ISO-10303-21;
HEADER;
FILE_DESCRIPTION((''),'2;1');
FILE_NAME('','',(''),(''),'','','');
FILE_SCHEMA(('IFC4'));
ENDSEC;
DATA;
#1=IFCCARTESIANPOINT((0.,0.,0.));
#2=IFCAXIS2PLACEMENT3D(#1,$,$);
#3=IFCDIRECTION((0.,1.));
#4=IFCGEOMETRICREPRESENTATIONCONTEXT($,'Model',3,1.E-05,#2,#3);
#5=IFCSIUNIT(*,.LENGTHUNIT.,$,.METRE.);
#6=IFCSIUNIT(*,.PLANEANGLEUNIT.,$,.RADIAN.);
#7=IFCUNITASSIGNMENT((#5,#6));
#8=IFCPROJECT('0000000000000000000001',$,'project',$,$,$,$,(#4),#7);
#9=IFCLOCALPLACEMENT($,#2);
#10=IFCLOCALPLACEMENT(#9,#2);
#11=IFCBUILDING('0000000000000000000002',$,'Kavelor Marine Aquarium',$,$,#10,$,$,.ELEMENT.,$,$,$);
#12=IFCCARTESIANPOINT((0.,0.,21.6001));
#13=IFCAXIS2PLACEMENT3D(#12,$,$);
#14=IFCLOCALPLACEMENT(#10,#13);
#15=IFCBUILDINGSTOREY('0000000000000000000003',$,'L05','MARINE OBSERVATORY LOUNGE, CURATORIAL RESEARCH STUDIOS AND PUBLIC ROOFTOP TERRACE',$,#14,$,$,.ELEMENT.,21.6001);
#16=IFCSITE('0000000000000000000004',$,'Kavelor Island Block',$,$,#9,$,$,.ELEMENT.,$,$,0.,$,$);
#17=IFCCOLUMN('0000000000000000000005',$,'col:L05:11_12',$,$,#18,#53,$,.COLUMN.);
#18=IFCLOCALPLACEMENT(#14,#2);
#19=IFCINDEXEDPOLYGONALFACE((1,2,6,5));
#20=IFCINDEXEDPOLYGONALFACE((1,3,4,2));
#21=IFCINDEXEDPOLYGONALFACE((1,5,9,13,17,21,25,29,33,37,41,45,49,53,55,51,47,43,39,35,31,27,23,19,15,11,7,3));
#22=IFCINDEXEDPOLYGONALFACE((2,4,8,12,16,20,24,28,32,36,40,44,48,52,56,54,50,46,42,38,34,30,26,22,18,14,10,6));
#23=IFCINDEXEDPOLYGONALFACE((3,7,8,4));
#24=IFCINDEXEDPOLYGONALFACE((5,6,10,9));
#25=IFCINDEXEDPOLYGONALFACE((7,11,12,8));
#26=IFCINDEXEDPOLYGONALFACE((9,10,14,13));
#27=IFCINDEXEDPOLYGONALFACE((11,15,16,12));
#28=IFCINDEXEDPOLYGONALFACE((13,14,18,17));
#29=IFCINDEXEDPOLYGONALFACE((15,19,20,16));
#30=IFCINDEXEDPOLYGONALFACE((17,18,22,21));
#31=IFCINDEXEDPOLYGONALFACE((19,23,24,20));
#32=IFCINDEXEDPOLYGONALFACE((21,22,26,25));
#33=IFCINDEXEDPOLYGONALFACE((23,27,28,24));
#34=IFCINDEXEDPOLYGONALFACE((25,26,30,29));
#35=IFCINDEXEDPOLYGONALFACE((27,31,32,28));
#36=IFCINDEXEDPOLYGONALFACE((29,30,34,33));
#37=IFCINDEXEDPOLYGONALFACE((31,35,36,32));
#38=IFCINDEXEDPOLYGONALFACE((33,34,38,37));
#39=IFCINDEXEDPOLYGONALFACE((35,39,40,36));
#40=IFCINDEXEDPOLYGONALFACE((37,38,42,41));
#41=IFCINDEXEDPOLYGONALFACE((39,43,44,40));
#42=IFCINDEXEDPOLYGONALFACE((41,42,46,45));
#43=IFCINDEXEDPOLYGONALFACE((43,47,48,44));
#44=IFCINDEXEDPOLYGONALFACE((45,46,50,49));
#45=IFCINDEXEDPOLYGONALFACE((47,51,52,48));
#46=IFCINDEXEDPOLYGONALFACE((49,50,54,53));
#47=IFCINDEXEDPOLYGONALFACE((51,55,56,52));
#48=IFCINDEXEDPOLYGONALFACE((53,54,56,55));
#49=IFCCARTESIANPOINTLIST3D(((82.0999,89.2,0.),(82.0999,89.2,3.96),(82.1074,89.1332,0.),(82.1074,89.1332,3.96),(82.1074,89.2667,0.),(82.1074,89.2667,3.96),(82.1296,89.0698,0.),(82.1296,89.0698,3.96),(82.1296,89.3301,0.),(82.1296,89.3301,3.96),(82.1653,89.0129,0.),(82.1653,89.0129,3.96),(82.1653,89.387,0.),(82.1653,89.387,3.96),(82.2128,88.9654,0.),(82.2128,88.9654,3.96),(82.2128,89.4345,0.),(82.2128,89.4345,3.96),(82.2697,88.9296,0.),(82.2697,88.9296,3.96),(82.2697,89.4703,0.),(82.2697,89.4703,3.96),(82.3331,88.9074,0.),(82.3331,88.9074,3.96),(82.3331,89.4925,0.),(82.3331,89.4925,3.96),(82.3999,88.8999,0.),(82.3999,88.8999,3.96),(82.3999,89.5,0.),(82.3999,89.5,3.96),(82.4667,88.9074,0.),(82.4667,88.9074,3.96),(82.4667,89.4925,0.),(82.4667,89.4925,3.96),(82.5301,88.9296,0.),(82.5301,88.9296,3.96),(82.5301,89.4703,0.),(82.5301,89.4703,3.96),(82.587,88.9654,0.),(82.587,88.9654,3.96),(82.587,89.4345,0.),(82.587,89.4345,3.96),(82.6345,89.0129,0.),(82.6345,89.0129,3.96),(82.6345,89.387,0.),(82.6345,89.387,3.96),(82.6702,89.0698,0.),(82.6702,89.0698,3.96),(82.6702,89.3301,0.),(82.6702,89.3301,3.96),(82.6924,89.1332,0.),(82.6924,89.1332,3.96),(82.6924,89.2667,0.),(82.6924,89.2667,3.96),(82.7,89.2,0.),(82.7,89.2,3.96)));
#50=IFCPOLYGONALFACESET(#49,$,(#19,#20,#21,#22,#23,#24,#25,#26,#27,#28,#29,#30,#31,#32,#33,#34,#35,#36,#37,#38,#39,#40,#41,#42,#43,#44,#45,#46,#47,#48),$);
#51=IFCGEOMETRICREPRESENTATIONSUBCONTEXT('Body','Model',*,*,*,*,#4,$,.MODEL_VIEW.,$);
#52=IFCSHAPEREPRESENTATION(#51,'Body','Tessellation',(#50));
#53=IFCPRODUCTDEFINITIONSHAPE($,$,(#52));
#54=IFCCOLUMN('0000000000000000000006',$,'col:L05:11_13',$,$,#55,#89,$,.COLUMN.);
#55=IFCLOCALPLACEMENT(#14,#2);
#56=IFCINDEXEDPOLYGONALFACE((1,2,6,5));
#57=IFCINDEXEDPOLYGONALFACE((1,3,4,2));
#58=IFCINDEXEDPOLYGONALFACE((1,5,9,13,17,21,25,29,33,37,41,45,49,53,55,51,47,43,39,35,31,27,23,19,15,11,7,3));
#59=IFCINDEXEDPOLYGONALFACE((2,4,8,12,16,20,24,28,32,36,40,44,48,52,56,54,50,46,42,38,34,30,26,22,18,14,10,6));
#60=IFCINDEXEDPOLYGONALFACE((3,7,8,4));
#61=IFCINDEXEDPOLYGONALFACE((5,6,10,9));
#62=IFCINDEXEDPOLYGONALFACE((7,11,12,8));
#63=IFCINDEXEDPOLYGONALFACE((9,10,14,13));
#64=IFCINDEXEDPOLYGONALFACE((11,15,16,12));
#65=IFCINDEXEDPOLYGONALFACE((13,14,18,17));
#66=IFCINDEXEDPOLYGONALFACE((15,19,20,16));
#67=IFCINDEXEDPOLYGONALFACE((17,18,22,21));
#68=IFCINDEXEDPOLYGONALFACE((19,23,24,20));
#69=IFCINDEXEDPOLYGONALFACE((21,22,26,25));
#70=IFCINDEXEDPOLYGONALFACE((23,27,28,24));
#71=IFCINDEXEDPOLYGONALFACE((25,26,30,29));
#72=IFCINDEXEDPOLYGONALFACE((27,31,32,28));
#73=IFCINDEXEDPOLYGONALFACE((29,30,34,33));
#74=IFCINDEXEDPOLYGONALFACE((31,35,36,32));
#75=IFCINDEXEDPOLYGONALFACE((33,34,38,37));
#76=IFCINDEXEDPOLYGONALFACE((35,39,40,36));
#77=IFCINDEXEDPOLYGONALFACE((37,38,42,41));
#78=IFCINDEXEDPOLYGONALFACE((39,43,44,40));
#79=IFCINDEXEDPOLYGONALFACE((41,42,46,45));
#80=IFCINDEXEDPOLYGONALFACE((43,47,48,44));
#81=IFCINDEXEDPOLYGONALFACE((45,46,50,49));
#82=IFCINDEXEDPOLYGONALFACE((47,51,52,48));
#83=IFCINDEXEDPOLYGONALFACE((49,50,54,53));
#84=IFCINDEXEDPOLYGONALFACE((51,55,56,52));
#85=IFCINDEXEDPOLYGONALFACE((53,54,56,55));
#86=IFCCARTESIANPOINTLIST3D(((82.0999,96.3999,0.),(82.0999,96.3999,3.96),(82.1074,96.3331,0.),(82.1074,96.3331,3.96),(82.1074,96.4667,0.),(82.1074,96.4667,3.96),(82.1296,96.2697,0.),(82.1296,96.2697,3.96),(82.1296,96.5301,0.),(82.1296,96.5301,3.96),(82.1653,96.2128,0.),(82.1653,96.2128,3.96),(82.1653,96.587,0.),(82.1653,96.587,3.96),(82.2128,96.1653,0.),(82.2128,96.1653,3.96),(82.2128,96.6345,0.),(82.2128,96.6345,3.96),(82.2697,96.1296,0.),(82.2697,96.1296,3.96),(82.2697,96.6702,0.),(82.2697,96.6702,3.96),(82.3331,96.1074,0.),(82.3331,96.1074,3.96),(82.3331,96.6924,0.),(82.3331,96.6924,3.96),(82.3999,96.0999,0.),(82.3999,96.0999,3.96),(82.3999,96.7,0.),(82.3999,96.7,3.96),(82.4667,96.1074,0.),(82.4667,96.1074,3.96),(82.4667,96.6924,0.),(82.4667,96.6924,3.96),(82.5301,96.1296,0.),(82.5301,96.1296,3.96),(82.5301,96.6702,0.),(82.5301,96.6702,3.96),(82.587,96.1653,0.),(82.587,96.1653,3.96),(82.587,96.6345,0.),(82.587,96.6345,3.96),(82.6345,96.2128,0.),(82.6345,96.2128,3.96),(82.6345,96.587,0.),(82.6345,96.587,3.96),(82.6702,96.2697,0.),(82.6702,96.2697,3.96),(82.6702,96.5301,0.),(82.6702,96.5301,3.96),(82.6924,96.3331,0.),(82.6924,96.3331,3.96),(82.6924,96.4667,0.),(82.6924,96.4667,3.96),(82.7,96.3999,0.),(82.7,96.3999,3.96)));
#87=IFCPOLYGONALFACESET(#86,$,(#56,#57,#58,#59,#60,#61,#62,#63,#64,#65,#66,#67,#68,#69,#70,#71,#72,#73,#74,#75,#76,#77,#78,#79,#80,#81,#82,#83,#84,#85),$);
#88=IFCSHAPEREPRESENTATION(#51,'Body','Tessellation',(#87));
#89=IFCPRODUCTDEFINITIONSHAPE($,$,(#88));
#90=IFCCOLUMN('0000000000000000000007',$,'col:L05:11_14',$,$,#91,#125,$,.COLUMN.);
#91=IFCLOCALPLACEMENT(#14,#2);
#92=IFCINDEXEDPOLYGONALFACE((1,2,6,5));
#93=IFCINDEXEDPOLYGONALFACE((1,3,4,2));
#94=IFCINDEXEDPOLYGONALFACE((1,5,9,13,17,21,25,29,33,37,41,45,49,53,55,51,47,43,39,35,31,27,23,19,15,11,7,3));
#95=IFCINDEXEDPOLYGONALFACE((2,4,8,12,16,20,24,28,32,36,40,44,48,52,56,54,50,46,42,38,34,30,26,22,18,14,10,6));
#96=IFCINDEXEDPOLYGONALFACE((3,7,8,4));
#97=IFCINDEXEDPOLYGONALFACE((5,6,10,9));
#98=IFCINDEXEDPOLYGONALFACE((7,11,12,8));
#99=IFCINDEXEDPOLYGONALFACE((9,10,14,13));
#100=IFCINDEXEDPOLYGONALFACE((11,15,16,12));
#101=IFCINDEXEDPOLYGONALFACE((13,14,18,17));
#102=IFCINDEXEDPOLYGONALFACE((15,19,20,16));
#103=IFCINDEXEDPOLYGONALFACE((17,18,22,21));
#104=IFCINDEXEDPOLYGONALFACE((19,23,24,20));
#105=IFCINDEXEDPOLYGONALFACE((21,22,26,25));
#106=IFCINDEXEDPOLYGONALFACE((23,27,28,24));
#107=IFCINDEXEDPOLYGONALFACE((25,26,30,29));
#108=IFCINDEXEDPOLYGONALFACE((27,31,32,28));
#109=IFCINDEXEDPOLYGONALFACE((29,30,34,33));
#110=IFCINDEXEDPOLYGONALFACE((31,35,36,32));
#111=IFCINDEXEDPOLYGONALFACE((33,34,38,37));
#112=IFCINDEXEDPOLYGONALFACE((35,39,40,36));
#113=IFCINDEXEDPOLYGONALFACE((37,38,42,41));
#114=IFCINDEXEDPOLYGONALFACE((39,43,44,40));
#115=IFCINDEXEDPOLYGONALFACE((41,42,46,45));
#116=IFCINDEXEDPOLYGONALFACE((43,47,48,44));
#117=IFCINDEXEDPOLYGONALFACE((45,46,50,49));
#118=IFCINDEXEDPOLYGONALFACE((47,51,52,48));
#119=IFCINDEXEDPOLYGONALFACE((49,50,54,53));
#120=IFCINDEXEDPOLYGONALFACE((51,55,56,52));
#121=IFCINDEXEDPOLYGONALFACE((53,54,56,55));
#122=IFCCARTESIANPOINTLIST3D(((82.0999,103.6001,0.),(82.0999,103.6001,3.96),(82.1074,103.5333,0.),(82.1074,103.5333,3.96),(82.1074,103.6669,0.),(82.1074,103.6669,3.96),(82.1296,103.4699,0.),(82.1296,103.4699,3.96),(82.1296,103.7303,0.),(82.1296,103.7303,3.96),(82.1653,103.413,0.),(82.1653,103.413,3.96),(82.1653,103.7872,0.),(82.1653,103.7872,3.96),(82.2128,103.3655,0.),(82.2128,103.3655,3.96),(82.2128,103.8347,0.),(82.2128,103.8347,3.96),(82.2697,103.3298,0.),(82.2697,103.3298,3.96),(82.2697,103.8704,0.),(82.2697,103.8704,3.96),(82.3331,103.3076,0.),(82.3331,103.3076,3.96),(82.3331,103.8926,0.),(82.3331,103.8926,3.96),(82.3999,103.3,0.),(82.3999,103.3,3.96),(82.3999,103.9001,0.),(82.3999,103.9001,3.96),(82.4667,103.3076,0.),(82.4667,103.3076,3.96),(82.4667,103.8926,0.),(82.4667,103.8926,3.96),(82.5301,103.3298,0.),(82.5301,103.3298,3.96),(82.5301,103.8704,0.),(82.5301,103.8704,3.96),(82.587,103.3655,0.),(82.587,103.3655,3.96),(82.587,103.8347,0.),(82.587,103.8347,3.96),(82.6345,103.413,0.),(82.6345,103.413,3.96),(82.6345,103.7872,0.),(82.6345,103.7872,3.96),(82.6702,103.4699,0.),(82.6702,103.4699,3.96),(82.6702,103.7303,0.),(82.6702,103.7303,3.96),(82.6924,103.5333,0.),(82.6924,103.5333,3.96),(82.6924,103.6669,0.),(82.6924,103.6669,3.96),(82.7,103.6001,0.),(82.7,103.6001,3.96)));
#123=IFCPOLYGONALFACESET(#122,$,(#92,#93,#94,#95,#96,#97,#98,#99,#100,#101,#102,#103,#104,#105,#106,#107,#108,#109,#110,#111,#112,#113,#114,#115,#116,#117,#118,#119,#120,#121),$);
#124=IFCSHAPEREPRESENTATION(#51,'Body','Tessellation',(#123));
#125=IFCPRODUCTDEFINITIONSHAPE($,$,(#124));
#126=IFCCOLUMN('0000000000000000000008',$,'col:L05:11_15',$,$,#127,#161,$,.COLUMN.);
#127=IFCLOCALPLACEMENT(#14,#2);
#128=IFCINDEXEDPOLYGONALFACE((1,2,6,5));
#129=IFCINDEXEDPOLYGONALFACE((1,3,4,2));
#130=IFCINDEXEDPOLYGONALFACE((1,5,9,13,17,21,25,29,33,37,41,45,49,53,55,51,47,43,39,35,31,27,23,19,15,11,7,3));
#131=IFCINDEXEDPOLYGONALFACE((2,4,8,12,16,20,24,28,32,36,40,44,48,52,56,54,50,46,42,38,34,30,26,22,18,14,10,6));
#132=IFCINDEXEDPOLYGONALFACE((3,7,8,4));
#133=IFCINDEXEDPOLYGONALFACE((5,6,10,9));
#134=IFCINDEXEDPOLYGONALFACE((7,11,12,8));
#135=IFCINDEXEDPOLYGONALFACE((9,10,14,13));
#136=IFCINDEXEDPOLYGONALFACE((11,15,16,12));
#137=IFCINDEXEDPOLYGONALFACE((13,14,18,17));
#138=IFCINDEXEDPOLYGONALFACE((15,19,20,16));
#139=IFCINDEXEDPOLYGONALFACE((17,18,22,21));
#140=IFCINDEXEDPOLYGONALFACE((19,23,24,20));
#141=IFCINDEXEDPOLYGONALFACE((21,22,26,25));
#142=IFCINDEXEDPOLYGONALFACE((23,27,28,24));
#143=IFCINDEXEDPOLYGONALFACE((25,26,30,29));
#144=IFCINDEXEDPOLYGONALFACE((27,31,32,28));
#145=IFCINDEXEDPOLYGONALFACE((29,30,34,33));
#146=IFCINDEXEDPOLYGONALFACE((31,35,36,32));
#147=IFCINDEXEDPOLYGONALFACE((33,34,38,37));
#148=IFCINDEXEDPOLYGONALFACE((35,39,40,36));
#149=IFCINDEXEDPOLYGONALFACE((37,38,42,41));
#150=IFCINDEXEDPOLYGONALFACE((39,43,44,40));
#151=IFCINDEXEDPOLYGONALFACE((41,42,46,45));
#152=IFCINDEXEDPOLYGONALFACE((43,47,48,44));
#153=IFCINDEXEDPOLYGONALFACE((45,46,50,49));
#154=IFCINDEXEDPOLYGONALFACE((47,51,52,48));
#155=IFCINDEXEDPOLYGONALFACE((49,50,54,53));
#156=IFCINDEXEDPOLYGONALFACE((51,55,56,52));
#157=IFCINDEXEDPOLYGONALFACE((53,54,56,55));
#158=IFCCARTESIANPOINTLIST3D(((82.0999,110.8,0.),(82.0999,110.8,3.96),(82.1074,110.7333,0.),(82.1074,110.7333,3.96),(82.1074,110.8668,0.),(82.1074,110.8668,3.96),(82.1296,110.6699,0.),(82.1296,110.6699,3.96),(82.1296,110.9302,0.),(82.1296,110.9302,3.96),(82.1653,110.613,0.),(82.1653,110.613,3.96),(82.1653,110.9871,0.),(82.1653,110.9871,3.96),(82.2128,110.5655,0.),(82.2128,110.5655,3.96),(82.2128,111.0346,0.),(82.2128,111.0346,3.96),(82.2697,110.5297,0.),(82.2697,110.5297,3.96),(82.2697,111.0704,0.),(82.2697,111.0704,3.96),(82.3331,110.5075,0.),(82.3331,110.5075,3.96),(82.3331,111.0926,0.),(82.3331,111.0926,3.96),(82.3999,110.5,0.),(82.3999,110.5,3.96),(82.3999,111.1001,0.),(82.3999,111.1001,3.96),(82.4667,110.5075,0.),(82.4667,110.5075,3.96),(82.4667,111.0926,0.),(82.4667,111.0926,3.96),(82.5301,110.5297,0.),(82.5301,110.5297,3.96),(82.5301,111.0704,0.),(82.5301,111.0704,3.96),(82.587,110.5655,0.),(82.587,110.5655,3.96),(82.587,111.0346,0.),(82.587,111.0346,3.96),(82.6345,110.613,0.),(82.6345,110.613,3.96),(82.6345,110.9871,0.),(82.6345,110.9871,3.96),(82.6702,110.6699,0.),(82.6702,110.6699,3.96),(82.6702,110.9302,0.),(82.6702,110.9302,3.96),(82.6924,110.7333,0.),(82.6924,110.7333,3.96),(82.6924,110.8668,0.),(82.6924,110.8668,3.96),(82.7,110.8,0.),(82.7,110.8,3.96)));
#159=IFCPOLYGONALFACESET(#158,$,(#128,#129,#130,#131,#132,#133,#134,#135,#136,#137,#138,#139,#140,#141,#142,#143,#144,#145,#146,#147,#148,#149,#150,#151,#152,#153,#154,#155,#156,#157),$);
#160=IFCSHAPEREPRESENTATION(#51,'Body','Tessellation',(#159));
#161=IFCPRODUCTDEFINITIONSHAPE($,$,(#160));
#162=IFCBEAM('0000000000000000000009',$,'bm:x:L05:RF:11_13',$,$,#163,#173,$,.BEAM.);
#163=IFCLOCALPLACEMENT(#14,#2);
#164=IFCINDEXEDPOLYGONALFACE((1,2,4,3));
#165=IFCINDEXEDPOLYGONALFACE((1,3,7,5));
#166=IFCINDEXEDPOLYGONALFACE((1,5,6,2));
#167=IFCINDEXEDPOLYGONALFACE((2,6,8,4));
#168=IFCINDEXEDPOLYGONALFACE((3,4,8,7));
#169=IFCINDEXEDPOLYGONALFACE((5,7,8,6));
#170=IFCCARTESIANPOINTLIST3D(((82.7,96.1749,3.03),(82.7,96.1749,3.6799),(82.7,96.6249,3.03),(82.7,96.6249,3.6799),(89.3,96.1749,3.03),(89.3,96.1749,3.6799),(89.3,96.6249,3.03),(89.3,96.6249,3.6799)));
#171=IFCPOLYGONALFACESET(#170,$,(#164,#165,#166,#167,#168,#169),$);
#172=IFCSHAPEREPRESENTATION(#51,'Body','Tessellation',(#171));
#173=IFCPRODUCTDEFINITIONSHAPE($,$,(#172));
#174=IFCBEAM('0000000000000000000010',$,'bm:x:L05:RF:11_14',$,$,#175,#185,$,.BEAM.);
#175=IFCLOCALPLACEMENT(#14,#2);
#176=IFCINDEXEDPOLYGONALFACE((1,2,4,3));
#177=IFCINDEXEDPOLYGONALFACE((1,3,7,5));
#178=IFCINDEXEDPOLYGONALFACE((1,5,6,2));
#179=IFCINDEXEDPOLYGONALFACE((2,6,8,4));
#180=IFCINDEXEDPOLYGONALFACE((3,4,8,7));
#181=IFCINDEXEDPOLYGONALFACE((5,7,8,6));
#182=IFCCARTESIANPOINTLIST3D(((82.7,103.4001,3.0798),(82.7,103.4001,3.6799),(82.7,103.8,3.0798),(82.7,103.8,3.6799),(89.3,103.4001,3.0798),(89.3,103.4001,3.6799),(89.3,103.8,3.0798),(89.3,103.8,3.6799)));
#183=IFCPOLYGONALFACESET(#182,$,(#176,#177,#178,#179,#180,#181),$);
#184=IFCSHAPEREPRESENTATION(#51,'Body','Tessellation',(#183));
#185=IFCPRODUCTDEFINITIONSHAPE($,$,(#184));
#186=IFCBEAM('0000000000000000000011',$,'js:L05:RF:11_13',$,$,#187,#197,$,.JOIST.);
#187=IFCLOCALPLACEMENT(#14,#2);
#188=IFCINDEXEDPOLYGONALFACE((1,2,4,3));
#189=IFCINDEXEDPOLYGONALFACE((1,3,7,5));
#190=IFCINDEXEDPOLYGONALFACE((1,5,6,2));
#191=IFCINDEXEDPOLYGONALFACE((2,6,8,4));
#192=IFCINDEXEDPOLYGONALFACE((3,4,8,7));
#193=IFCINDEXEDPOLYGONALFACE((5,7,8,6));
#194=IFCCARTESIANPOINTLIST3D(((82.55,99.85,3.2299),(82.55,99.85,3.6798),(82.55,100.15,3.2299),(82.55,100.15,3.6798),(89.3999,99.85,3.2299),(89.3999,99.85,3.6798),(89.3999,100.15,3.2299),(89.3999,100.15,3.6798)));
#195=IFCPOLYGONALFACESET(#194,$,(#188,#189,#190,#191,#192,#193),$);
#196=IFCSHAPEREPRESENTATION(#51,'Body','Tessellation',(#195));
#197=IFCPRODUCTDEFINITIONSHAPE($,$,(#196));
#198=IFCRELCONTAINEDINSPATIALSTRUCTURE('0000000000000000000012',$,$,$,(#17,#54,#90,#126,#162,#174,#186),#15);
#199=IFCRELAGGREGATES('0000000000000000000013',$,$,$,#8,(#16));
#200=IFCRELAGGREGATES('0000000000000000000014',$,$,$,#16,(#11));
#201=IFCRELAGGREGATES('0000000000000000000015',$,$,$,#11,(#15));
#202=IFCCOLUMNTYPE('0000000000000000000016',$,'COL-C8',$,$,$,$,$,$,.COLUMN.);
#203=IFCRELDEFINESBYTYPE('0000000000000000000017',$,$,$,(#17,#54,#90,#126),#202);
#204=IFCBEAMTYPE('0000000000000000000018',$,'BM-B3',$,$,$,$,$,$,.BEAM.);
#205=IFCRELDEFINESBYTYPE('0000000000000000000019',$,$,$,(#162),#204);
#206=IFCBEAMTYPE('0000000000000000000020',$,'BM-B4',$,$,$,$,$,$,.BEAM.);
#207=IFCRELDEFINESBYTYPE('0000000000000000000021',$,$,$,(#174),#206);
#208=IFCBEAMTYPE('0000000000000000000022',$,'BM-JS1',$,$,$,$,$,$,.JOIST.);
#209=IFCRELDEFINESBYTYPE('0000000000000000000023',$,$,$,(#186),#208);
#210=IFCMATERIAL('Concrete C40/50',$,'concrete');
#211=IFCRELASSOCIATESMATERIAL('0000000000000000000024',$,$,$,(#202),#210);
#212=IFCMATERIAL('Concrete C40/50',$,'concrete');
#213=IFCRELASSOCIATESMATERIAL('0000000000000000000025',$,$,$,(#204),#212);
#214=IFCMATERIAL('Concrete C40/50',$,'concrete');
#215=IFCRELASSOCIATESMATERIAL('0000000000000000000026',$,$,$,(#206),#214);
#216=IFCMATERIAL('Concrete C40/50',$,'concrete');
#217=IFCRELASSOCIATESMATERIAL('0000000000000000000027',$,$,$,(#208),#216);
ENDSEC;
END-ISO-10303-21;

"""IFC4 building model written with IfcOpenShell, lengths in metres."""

from ifc_helpers import new_model, si_unit, direction, frame, origin, origin_2d, place, context, subcontext, project, spatial, rectangle, circle, extrude, material, material_profile, profile_set, type_object, element, save


model = new_model("IFC4")

# Units and contexts
model_context = context("Model", 3, precision=1e-05, world=origin(), true_north=direction((0.0, 1.0)))
body_context = subcontext(model_context, "Body", "Model", "MODEL_VIEW")
ifc_project = project(units=[si_unit("LENGTHUNIT", "METRE"), si_unit("PLANEANGLEUNIT", "RADIAN")], contexts=[model_context])

# Site, building, storey
site_placement = place(None, origin())
site = spatial("IfcSite", under=ifc_project, at=site_placement, Name="Kavelor Island Block", CompositionType="ELEMENT", RefElevation=0.0)
building_placement = place(site_placement, origin())
building = spatial("IfcBuilding", under=site, at=building_placement, Name="Kavelor Marine Aquarium", CompositionType="ELEMENT")
storey_placement = place(building_placement, frame((0.0, 0.0, 21.6001)))
storey = spatial("IfcBuildingStorey", under=building, at=storey_placement, Name="L05", Description="MARINE OBSERVATORY LOUNGE, CURATORIAL RESEARCH STUDIOS AND PUBLIC ROOFTOP TERRACE", CompositionType="ELEMENT", Elevation=21.6001)

# Columns
ifc_material_1 = material(Name="Concrete C40/50", Category="concrete")
ifc_material_profile_1 = material_profile(ifc_material_1, circle(Radius=0.3, at=origin_2d()), Name="RC-COL D600")
ifc_profile_set_1 = profile_set([ifc_material_profile_1], Name="Concrete C40/50")
column_type = type_object("IfcColumnType", Name="COL-C8", PredefinedType="COLUMN", material=ifc_profile_set_1)
for number, where, z_axis, x_axis, name in (
    (1, (82.3999, 89.2, 0.0), (0.0, 0.0, 1.0), (1.0, 0.0, 0.0), "col:L05:11_12"),
    (2, (82.3999, 96.3999, 0.0), (0.0, 0.0, 1.0), (1.0, 0.0, 0.0), "col:L05:11_13"),
    (3, (82.3999, 103.6001, 0.0), (0.0, 0.0, 1.0), (1.0, 0.0, 0.0), "col:L05:11_14"),
    (4, (82.3999, 110.8, 0.0), (0.0, 0.0, 1.0), (1.0, 0.0, 0.0), "col:L05:11_15"),
):
    element("IfcColumn", number, at=place(storey_placement, frame(where, z_axis=z_axis, x_axis=x_axis)), inside=storey, type_object=column_type, Name=name, PredefinedType="COLUMN", context=body_context, shape_type="SweptSolid", body=[
        extrude(circle(Radius=0.3, at=origin_2d()), origin(), (0.0, 0.0, 1.0), 3.96),
    ])

# Beams
ifc_material_2 = material(Name="Concrete C40/50", Category="concrete")
ifc_material_profile_2 = material_profile(ifc_material_2, rectangle(XDim=0.45, YDim=0.6499, at=origin_2d()), Name="RC-BM 450x650")
ifc_profile_set_2 = profile_set([ifc_material_profile_2], Name="Concrete C40/50")
beam_type_1 = type_object("IfcBeamType", Name="BM-B3", PredefinedType="BEAM", material=ifc_profile_set_2)
beam_1_placement = place(storey_placement, frame((82.7, 96.3999, 3.355), z_axis=(1.0, 0.0, 0.0), x_axis=(0.0, 1.0, 0.0)))
element("IfcBeam", 5, at=beam_1_placement, inside=storey, type_object=beam_type_1, Name="bm:x:L05:RF:11_13", PredefinedType="BEAM", context=body_context, shape_type="SweptSolid", body=[
    extrude(rectangle(XDim=0.45, YDim=0.6499, at=origin_2d()), origin(), (0.0, 0.0, 1.0), 6.6001),
])
ifc_material_3 = material(Name="Concrete C40/50", Category="concrete")
ifc_material_profile_3 = material_profile(ifc_material_3, rectangle(XDim=0.3999, YDim=0.6001, at=origin_2d()), Name="RC-BM 400x600")
ifc_profile_set_3 = profile_set([ifc_material_profile_3], Name="Concrete C40/50")
beam_type_2 = type_object("IfcBeamType", Name="BM-B4", PredefinedType="BEAM", material=ifc_profile_set_3)
beam_2_placement = place(storey_placement, frame((82.7, 103.6001, 3.3799), z_axis=(1.0, 0.0, 0.0), x_axis=(0.0, 1.0, 0.0)))
element("IfcBeam", 6, at=beam_2_placement, inside=storey, type_object=beam_type_2, Name="bm:x:L05:RF:11_14", PredefinedType="BEAM", context=body_context, shape_type="SweptSolid", body=[
    extrude(rectangle(XDim=0.3999, YDim=0.6001, at=origin_2d()), origin(), (0.0, 0.0, 1.0), 6.6001),
])
ifc_material_4 = material(Name="Concrete C40/50", Category="concrete")
ifc_material_profile_4 = material_profile(ifc_material_4, rectangle(XDim=0.3, YDim=0.45, at=origin_2d()), Name="RC-JS 300x450")
ifc_profile_set_4 = profile_set([ifc_material_profile_4], Name="Concrete C40/50")
beam_type_3 = type_object("IfcBeamType", Name="BM-JS1", PredefinedType="JOIST", material=ifc_profile_set_4)
beam_3_placement = place(storey_placement, frame((82.55, 100.0, 3.4548), z_axis=(1.0, 0.0, 0.0), x_axis=(0.0, 1.0, 0.0)))
element("IfcBeam", 7, at=beam_3_placement, inside=storey, type_object=beam_type_3, Name="js:L05:RF:11_13", PredefinedType="JOIST", context=body_context, shape_type="SweptSolid", body=[
    extrude(rectangle(XDim=0.3, YDim=0.45, at=origin_2d()), origin(), (0.0, 0.0, 1.0), 6.8499),
])

save(model, "model.ifc")
